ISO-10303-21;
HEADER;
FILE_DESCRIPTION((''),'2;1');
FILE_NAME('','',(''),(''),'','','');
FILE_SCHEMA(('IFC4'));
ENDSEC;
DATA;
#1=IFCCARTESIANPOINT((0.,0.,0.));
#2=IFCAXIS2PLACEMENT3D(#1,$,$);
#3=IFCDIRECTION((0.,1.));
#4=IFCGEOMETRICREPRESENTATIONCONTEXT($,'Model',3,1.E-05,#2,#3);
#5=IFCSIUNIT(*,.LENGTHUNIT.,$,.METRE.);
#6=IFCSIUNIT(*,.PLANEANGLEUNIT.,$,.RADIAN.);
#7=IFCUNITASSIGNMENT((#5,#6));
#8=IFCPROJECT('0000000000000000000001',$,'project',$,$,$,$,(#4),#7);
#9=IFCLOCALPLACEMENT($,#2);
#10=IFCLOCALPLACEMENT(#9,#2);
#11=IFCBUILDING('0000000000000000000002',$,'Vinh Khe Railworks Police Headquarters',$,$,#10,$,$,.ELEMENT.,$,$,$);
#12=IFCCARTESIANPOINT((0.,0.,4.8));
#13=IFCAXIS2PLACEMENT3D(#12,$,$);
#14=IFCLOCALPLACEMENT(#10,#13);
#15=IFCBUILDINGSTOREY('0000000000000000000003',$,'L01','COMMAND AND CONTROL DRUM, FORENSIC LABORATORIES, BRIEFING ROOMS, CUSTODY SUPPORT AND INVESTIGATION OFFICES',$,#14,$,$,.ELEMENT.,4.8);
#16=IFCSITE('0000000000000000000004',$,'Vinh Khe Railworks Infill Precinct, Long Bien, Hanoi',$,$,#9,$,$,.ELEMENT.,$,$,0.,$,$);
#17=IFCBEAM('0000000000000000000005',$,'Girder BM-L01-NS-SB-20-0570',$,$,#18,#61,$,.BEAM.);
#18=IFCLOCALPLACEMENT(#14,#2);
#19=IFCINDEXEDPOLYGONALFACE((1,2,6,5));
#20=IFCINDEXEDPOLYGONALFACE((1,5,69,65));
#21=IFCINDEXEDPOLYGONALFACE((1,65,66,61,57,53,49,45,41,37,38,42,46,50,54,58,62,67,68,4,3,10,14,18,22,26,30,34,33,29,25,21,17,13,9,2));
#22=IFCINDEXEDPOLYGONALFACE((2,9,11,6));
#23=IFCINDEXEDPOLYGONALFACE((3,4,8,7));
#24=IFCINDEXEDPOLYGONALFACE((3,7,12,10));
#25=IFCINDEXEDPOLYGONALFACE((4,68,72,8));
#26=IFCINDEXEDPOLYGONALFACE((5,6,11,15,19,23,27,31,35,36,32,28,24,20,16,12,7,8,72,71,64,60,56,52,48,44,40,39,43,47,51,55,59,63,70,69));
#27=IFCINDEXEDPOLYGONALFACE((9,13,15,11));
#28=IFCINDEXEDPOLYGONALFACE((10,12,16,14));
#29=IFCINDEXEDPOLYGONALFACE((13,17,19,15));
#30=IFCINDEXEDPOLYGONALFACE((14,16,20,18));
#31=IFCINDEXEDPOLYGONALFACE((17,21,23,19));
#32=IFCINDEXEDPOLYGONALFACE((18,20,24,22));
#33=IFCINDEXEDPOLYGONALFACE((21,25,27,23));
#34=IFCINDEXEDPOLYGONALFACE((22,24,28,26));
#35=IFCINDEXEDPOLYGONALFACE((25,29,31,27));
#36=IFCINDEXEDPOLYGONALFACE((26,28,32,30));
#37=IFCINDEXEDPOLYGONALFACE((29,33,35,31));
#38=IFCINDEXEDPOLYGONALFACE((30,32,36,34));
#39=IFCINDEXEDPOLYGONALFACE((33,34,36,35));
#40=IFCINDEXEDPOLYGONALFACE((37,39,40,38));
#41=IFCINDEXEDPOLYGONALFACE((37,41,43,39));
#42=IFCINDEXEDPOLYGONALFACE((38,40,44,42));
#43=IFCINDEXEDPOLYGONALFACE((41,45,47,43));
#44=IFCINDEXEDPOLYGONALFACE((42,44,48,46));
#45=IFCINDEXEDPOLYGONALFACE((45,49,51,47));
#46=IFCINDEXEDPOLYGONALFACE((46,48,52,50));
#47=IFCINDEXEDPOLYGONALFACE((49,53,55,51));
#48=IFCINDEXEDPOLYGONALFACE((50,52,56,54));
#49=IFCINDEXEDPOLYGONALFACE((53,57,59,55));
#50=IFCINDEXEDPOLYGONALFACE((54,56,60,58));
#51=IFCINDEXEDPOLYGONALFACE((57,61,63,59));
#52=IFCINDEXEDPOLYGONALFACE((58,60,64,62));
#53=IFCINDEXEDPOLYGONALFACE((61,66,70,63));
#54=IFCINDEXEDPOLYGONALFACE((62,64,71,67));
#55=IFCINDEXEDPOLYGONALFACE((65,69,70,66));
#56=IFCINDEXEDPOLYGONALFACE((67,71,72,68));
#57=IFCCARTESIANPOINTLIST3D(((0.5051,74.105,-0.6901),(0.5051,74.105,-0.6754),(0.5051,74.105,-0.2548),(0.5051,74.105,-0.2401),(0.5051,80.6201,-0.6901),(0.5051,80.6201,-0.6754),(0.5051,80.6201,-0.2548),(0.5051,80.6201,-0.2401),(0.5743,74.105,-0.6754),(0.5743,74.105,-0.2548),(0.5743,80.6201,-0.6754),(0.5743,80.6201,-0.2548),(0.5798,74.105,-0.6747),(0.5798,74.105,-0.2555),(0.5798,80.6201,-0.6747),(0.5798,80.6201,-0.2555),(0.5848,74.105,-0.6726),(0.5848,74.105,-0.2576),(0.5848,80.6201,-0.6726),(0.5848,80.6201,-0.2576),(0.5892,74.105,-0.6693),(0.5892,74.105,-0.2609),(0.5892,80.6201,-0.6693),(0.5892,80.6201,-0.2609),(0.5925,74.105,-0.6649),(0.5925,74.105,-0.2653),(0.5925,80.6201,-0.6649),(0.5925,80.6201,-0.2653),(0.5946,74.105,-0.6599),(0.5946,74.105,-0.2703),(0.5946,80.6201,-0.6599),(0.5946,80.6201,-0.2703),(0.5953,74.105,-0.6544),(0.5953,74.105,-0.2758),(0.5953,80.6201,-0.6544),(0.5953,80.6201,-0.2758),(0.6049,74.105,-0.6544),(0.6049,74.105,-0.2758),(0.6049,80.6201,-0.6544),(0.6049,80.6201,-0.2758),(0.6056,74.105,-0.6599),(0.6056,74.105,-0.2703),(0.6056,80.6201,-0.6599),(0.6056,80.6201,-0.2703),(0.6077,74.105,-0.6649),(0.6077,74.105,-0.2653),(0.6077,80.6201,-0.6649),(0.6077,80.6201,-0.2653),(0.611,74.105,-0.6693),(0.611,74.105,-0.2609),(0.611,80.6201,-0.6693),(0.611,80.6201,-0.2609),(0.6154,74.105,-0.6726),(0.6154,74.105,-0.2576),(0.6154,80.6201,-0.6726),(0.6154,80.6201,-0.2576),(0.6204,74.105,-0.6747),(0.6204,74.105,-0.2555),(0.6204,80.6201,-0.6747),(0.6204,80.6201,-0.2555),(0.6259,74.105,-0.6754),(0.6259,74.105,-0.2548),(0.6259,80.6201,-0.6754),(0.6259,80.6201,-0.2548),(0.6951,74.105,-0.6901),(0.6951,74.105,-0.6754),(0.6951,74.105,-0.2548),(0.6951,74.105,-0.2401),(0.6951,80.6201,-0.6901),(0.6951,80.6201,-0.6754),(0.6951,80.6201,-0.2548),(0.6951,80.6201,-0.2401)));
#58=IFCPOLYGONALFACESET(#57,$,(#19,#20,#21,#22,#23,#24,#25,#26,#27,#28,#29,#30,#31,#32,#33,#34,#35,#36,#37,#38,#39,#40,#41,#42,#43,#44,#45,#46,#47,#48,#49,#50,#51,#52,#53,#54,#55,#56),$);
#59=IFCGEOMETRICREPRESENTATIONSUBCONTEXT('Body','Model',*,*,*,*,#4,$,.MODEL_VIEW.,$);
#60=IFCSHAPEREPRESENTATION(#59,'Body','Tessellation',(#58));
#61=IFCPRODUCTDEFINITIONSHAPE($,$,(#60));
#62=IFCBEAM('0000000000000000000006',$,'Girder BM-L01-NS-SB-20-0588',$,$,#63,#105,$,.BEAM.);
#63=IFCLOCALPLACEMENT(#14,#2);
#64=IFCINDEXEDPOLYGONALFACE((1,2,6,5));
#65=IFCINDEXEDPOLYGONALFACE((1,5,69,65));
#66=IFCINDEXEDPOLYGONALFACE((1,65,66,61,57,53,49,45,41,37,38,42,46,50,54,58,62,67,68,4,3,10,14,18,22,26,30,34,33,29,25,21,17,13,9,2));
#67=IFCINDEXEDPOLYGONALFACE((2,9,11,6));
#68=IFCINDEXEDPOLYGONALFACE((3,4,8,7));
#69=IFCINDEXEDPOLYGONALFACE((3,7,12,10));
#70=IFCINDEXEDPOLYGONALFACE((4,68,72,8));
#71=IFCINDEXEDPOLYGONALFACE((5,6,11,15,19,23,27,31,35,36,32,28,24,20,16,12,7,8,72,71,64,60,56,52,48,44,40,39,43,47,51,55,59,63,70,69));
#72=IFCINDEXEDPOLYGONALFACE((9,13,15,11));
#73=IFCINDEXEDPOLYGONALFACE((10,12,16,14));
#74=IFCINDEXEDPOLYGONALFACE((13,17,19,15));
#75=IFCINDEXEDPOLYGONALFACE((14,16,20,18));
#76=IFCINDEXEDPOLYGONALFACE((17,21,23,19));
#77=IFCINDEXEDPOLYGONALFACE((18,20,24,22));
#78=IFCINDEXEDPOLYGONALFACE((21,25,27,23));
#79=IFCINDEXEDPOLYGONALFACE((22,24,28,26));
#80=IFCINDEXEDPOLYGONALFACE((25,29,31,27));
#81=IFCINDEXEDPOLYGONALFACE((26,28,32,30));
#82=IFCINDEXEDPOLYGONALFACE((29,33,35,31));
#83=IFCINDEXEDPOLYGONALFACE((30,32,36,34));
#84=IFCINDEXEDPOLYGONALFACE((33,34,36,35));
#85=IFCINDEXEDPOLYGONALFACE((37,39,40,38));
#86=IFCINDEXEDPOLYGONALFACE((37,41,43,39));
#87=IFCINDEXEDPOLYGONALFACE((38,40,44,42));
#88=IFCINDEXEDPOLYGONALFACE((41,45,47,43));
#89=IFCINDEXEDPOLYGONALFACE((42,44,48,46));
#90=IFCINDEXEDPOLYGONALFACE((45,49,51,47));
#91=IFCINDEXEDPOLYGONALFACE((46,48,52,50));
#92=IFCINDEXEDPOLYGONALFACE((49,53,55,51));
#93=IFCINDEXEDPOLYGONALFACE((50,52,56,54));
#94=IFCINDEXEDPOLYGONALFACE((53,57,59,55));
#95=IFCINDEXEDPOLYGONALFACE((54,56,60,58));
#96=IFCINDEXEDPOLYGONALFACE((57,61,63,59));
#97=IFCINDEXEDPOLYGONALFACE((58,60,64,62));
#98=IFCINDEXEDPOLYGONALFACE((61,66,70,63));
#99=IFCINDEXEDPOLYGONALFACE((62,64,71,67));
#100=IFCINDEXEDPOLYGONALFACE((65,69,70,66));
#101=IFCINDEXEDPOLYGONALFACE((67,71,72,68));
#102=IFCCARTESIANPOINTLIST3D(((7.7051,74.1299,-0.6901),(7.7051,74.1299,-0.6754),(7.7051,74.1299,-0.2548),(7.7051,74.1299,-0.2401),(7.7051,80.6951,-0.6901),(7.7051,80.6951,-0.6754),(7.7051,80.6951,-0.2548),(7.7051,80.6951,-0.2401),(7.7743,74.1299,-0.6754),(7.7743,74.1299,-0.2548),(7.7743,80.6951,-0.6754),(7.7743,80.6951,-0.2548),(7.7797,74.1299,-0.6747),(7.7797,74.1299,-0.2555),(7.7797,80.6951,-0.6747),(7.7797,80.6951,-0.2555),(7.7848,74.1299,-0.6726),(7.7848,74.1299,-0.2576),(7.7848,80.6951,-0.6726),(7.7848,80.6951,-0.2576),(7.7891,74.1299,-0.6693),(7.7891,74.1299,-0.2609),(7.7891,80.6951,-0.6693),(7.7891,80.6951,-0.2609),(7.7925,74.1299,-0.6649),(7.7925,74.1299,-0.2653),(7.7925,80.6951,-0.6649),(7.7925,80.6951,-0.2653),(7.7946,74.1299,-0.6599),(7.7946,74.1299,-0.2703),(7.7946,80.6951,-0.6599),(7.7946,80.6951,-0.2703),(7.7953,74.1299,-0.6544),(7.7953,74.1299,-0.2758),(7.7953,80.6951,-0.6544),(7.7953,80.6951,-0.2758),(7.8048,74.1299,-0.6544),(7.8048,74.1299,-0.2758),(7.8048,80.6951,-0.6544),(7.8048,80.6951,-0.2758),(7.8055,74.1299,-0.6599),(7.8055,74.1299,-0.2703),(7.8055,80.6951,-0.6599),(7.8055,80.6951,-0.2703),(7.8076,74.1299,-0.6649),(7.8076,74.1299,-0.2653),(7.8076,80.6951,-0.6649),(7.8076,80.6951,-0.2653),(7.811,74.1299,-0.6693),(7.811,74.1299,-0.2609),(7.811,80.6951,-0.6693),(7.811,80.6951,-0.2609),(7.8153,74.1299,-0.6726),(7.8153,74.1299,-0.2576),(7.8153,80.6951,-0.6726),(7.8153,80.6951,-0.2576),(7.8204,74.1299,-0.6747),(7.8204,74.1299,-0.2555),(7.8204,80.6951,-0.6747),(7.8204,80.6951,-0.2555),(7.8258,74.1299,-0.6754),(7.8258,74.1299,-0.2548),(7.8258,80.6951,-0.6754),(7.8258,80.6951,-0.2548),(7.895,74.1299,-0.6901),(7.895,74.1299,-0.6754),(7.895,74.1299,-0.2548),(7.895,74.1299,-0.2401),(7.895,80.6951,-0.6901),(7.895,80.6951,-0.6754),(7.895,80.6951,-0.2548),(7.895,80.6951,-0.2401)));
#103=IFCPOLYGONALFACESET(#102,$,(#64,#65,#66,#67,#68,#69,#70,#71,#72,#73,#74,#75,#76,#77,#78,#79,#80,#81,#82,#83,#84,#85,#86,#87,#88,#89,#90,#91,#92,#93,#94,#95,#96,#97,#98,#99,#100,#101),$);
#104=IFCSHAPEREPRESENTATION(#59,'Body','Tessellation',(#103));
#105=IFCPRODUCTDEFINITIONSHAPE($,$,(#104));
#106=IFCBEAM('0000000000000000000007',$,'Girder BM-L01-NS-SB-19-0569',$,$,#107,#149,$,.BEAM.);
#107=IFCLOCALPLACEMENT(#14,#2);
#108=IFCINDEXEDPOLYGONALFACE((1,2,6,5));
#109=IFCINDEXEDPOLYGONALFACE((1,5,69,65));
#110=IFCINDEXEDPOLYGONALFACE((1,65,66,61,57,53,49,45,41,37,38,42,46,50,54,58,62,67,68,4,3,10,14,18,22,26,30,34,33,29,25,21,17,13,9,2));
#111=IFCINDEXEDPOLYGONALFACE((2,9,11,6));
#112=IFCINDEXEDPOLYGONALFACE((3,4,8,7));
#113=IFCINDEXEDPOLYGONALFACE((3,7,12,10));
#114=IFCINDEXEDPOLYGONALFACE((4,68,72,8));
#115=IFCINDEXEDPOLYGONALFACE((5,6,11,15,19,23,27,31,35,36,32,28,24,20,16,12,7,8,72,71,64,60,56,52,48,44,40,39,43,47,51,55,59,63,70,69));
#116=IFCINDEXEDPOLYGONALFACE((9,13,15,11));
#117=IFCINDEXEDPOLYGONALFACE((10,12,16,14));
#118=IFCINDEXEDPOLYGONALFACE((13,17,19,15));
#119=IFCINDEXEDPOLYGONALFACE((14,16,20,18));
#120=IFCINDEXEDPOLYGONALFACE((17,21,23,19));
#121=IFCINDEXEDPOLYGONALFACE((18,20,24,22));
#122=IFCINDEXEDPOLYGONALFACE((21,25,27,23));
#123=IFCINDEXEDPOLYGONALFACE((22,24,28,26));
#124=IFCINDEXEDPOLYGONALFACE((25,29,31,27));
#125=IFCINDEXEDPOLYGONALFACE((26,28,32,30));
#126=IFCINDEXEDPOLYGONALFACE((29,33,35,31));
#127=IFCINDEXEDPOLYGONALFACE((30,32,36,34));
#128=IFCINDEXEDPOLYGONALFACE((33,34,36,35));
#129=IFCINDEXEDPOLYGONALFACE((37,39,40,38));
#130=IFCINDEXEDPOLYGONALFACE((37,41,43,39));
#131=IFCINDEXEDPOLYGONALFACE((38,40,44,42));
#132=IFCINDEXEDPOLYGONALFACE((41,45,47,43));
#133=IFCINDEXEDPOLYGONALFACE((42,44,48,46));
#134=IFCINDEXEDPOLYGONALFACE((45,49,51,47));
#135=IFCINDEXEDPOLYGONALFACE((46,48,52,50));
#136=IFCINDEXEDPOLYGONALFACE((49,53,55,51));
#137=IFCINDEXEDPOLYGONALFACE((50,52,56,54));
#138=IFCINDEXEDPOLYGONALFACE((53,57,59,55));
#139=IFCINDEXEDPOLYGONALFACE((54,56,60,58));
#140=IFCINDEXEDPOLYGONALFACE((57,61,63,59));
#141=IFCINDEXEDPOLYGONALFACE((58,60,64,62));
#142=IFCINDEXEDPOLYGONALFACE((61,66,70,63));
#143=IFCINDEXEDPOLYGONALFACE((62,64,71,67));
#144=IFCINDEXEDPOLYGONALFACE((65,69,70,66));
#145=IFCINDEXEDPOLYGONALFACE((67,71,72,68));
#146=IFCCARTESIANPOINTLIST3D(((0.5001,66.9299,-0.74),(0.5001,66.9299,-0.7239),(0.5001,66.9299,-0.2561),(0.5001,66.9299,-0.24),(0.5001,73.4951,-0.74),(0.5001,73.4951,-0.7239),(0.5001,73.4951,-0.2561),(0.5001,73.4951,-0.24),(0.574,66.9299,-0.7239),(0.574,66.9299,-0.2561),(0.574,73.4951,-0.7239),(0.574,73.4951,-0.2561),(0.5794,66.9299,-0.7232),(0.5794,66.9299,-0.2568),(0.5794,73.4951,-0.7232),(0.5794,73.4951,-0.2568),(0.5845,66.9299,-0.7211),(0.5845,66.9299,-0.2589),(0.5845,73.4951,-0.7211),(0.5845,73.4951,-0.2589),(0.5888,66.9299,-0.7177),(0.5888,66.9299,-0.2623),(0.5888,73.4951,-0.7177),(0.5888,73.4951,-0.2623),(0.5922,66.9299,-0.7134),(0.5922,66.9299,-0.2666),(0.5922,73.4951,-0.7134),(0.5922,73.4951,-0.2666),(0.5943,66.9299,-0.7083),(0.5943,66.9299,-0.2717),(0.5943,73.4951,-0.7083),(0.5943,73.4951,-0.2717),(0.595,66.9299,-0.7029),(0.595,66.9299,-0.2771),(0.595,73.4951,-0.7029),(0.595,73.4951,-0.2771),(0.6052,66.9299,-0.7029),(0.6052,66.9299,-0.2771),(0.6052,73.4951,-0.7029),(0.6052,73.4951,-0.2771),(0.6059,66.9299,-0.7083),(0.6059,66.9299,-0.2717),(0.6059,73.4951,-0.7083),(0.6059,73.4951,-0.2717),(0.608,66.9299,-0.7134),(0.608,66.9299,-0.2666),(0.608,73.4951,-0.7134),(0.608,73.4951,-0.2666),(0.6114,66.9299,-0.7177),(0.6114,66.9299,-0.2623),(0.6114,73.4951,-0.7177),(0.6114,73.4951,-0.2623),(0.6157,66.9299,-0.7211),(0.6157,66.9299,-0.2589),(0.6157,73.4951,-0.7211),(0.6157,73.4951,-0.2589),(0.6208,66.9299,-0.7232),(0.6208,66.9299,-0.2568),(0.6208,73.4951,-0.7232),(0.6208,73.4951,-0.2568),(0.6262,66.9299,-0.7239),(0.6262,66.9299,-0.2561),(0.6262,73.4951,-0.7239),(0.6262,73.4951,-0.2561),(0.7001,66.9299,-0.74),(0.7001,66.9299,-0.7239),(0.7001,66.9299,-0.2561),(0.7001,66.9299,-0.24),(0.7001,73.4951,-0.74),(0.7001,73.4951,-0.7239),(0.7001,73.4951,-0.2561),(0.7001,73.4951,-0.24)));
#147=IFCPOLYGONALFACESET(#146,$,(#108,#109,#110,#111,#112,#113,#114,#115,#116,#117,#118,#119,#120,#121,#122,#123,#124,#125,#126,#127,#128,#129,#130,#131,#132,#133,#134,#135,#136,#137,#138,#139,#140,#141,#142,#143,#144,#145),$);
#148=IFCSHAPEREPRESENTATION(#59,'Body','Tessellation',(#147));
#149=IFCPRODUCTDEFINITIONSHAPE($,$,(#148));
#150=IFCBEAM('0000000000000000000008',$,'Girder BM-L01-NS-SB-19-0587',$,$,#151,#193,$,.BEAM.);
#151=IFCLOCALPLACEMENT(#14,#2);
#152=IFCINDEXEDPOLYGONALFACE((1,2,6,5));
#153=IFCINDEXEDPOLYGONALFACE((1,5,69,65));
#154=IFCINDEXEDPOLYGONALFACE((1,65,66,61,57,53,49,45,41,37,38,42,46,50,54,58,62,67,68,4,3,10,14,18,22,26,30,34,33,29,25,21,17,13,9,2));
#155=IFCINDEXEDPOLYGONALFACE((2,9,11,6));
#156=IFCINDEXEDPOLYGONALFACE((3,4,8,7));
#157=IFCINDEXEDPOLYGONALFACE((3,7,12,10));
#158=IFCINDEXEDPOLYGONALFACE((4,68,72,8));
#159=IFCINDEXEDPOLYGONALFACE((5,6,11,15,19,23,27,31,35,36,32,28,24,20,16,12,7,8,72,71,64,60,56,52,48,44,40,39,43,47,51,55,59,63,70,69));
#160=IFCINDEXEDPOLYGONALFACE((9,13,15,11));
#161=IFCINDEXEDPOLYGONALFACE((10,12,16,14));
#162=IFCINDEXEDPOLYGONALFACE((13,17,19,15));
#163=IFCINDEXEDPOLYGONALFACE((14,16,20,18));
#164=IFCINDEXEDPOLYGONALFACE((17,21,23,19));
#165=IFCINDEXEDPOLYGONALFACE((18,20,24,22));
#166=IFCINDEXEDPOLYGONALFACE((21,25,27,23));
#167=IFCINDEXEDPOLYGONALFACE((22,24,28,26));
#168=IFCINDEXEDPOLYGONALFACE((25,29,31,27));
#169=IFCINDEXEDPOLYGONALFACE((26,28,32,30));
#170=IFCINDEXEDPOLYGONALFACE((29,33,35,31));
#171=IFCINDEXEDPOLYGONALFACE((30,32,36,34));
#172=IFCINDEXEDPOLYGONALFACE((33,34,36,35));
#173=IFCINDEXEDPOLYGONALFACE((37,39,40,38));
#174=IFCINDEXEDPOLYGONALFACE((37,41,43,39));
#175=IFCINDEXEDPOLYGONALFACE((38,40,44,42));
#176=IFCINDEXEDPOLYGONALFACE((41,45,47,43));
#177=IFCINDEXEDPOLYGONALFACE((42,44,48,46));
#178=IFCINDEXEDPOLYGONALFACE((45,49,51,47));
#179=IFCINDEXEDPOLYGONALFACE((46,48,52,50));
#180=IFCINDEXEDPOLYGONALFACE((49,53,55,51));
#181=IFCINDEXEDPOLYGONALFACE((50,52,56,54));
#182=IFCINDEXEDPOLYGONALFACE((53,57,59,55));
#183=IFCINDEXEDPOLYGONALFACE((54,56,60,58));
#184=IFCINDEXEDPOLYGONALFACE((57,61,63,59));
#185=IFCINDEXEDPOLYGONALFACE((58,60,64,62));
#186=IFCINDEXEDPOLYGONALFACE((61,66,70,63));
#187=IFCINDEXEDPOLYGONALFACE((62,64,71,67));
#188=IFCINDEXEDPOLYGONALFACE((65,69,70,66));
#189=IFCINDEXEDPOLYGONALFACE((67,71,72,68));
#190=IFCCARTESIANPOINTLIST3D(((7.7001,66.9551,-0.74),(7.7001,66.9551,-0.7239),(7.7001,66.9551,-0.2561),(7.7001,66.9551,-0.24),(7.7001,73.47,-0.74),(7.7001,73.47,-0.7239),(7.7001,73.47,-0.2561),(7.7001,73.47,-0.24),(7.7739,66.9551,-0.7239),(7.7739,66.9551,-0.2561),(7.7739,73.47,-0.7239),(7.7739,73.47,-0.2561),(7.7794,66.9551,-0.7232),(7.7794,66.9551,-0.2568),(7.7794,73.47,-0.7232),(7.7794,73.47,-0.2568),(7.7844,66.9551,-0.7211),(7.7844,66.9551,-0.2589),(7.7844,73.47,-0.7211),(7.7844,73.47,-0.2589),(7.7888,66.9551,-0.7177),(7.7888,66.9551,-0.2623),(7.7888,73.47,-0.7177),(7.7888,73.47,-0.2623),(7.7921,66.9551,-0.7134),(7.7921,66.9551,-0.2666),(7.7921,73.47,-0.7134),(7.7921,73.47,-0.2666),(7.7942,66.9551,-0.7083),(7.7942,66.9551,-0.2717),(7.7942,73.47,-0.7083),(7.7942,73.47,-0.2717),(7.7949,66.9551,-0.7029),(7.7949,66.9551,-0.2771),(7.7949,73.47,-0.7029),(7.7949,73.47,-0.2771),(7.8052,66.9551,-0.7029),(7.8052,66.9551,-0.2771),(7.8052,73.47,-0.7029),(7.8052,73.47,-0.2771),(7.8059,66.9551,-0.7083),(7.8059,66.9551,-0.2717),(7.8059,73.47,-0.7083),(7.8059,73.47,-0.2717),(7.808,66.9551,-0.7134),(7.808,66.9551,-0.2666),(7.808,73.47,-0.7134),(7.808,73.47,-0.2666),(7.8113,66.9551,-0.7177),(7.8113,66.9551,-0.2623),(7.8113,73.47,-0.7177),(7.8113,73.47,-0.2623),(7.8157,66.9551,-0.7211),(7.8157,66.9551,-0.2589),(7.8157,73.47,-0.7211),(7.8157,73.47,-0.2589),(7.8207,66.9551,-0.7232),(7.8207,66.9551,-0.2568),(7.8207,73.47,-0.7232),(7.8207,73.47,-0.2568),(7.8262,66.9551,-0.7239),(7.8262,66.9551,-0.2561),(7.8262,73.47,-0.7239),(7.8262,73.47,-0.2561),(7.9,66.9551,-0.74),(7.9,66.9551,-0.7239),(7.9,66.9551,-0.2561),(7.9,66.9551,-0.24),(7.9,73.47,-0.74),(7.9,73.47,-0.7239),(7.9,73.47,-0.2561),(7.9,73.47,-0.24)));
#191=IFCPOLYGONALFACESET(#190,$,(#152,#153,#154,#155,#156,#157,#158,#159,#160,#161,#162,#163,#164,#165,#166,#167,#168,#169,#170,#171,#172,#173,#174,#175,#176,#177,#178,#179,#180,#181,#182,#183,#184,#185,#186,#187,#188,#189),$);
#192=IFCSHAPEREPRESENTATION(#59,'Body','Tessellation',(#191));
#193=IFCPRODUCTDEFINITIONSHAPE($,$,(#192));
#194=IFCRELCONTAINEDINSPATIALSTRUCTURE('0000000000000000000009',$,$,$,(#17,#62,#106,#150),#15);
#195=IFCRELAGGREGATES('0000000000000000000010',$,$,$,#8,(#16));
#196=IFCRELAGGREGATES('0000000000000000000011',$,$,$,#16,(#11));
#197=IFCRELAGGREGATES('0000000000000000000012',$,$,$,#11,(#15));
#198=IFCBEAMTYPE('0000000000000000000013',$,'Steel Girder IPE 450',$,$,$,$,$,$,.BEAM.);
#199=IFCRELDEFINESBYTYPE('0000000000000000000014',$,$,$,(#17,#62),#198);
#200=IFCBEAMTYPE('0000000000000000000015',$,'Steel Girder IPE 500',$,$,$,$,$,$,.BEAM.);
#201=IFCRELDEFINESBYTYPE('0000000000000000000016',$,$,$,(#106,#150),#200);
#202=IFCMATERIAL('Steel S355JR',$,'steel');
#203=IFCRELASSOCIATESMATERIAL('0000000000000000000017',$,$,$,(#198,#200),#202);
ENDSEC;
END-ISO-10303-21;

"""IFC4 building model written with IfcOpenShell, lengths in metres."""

from ifc_helpers import new_model, si_unit, direction, frame, origin, origin_2d, place, context, subcontext, project, spatial, i_section, extrude, material, material_profile, profile_set, type_object, element, save


model = new_model("IFC4")

# Units and contexts
model_context = context("Model", 3, precision=1e-05, world=origin(), true_north=direction((0.0, 1.0)))
body_context = subcontext(model_context, "Body", "Model", "MODEL_VIEW")
ifc_project = project(units=[si_unit("LENGTHUNIT", "METRE"), si_unit("PLANEANGLEUNIT", "RADIAN")], contexts=[model_context])

# Site, building, storey
site_placement = place(None, origin())
site = spatial("IfcSite", under=ifc_project, at=site_placement, Name="Vinh Khe Railworks Infill Precinct, Long Bien, Hanoi", CompositionType="ELEMENT", RefElevation=0.0)
building_placement = place(site_placement, origin())
building = spatial("IfcBuilding", under=site, at=building_placement, Name="Vinh Khe Railworks Police Headquarters", CompositionType="ELEMENT")
storey_placement = place(building_placement, frame((0.0, 0.0, 4.8)))
storey = spatial("IfcBuildingStorey", under=building, at=storey_placement, Name="L01", Description="COMMAND AND CONTROL DRUM, FORENSIC LABORATORIES, BRIEFING ROOMS, CUSTODY SUPPORT AND INVESTIGATION OFFICES", CompositionType="ELEMENT", Elevation=4.8)

# Beams
ifc_material_1 = material(Name="Steel S355JR", Category="steel")
ifc_material_profile_1 = material_profile(ifc_material_1, i_section(OverallWidth=0.1899, OverallDepth=0.45, WebThickness=0.0095, FlangeThickness=0.0146, FilletRadius=0.021, at=origin_2d()), Name="IPE 450")
ifc_profile_set_1 = profile_set([ifc_material_profile_1], Name="Steel S355JR")
beam_type_1 = type_object("IfcBeamType", Name="Steel Girder IPE 450", PredefinedType="BEAM", material=ifc_profile_set_1)
beam_1_placement = place(storey_placement, frame((0.6001, 74.105, -0.4651), z_axis=(0.0, 1.0, 0.0), x_axis=(-1.0, 0.0, 0.0)))
element("IfcBeam", 1, at=beam_1_placement, inside=storey, type_object=beam_type_1, Name="Girder BM-L01-NS-SB-20-0570", PredefinedType="BEAM", context=body_context, shape_type="SweptSolid", body=[
    extrude(i_section(OverallWidth=0.1899, OverallDepth=0.45, WebThickness=0.0095, FlangeThickness=0.0146, FilletRadius=0.021, at=origin_2d()), origin(), (0.0, 0.0, 1.0), 6.5151),
])
beam_2_placement = place(storey_placement, frame((7.8, 74.1299, -0.4651), z_axis=(0.0, 1.0, 0.0), x_axis=(-1.0, 0.0, 0.0)))
element("IfcBeam", 2, at=beam_2_placement, inside=storey, type_object=beam_type_1, Name="Girder BM-L01-NS-SB-20-0588", PredefinedType="BEAM", context=body_context, shape_type="SweptSolid", body=[
    extrude(i_section(OverallWidth=0.1899, OverallDepth=0.45, WebThickness=0.0095, FlangeThickness=0.0146, FilletRadius=0.021, at=origin_2d()), origin(), (0.0, 0.0, 1.0), 6.5652),
])
ifc_material_profile_2 = material_profile(ifc_material_1, i_section(OverallWidth=0.2, OverallDepth=0.5, WebThickness=0.0103, FlangeThickness=0.0161, FilletRadius=0.021, at=origin_2d()), Name="IPE 500")
ifc_profile_set_2 = profile_set([ifc_material_profile_2], Name="Steel S355JR")
beam_type_2 = type_object("IfcBeamType", Name="Steel Girder IPE 500", PredefinedType="BEAM", material=ifc_profile_set_2)
beam_3_placement = place(storey_placement, frame((0.6001, 66.9299, -0.49), z_axis=(0.0, 1.0, 0.0), x_axis=(-1.0, 0.0, 0.0)))
element("IfcBeam", 3, at=beam_3_placement, inside=storey, type_object=beam_type_2, Name="Girder BM-L01-NS-SB-19-0569", PredefinedType="BEAM", context=body_context, shape_type="SweptSolid", body=[
    extrude(i_section(OverallWidth=0.2, OverallDepth=0.5, WebThickness=0.0103, FlangeThickness=0.0161, FilletRadius=0.021, at=origin_2d()), origin(), (0.0, 0.0, 1.0), 6.5652),
])
beam_4_placement = place(storey_placement, frame((7.8, 66.9551, -0.49), z_axis=(0.0, 1.0, 0.0), x_axis=(-1.0, 0.0, 0.0)))
element("IfcBeam", 4, at=beam_4_placement, inside=storey, type_object=beam_type_2, Name="Girder BM-L01-NS-SB-19-0587", PredefinedType="BEAM", context=body_context, shape_type="SweptSolid", body=[
    extrude(i_section(OverallWidth=0.2, OverallDepth=0.5, WebThickness=0.0103, FlangeThickness=0.0161, FilletRadius=0.021, at=origin_2d()), origin(), (0.0, 0.0, 1.0), 6.5149),
])

save(model, "model.ifc")
